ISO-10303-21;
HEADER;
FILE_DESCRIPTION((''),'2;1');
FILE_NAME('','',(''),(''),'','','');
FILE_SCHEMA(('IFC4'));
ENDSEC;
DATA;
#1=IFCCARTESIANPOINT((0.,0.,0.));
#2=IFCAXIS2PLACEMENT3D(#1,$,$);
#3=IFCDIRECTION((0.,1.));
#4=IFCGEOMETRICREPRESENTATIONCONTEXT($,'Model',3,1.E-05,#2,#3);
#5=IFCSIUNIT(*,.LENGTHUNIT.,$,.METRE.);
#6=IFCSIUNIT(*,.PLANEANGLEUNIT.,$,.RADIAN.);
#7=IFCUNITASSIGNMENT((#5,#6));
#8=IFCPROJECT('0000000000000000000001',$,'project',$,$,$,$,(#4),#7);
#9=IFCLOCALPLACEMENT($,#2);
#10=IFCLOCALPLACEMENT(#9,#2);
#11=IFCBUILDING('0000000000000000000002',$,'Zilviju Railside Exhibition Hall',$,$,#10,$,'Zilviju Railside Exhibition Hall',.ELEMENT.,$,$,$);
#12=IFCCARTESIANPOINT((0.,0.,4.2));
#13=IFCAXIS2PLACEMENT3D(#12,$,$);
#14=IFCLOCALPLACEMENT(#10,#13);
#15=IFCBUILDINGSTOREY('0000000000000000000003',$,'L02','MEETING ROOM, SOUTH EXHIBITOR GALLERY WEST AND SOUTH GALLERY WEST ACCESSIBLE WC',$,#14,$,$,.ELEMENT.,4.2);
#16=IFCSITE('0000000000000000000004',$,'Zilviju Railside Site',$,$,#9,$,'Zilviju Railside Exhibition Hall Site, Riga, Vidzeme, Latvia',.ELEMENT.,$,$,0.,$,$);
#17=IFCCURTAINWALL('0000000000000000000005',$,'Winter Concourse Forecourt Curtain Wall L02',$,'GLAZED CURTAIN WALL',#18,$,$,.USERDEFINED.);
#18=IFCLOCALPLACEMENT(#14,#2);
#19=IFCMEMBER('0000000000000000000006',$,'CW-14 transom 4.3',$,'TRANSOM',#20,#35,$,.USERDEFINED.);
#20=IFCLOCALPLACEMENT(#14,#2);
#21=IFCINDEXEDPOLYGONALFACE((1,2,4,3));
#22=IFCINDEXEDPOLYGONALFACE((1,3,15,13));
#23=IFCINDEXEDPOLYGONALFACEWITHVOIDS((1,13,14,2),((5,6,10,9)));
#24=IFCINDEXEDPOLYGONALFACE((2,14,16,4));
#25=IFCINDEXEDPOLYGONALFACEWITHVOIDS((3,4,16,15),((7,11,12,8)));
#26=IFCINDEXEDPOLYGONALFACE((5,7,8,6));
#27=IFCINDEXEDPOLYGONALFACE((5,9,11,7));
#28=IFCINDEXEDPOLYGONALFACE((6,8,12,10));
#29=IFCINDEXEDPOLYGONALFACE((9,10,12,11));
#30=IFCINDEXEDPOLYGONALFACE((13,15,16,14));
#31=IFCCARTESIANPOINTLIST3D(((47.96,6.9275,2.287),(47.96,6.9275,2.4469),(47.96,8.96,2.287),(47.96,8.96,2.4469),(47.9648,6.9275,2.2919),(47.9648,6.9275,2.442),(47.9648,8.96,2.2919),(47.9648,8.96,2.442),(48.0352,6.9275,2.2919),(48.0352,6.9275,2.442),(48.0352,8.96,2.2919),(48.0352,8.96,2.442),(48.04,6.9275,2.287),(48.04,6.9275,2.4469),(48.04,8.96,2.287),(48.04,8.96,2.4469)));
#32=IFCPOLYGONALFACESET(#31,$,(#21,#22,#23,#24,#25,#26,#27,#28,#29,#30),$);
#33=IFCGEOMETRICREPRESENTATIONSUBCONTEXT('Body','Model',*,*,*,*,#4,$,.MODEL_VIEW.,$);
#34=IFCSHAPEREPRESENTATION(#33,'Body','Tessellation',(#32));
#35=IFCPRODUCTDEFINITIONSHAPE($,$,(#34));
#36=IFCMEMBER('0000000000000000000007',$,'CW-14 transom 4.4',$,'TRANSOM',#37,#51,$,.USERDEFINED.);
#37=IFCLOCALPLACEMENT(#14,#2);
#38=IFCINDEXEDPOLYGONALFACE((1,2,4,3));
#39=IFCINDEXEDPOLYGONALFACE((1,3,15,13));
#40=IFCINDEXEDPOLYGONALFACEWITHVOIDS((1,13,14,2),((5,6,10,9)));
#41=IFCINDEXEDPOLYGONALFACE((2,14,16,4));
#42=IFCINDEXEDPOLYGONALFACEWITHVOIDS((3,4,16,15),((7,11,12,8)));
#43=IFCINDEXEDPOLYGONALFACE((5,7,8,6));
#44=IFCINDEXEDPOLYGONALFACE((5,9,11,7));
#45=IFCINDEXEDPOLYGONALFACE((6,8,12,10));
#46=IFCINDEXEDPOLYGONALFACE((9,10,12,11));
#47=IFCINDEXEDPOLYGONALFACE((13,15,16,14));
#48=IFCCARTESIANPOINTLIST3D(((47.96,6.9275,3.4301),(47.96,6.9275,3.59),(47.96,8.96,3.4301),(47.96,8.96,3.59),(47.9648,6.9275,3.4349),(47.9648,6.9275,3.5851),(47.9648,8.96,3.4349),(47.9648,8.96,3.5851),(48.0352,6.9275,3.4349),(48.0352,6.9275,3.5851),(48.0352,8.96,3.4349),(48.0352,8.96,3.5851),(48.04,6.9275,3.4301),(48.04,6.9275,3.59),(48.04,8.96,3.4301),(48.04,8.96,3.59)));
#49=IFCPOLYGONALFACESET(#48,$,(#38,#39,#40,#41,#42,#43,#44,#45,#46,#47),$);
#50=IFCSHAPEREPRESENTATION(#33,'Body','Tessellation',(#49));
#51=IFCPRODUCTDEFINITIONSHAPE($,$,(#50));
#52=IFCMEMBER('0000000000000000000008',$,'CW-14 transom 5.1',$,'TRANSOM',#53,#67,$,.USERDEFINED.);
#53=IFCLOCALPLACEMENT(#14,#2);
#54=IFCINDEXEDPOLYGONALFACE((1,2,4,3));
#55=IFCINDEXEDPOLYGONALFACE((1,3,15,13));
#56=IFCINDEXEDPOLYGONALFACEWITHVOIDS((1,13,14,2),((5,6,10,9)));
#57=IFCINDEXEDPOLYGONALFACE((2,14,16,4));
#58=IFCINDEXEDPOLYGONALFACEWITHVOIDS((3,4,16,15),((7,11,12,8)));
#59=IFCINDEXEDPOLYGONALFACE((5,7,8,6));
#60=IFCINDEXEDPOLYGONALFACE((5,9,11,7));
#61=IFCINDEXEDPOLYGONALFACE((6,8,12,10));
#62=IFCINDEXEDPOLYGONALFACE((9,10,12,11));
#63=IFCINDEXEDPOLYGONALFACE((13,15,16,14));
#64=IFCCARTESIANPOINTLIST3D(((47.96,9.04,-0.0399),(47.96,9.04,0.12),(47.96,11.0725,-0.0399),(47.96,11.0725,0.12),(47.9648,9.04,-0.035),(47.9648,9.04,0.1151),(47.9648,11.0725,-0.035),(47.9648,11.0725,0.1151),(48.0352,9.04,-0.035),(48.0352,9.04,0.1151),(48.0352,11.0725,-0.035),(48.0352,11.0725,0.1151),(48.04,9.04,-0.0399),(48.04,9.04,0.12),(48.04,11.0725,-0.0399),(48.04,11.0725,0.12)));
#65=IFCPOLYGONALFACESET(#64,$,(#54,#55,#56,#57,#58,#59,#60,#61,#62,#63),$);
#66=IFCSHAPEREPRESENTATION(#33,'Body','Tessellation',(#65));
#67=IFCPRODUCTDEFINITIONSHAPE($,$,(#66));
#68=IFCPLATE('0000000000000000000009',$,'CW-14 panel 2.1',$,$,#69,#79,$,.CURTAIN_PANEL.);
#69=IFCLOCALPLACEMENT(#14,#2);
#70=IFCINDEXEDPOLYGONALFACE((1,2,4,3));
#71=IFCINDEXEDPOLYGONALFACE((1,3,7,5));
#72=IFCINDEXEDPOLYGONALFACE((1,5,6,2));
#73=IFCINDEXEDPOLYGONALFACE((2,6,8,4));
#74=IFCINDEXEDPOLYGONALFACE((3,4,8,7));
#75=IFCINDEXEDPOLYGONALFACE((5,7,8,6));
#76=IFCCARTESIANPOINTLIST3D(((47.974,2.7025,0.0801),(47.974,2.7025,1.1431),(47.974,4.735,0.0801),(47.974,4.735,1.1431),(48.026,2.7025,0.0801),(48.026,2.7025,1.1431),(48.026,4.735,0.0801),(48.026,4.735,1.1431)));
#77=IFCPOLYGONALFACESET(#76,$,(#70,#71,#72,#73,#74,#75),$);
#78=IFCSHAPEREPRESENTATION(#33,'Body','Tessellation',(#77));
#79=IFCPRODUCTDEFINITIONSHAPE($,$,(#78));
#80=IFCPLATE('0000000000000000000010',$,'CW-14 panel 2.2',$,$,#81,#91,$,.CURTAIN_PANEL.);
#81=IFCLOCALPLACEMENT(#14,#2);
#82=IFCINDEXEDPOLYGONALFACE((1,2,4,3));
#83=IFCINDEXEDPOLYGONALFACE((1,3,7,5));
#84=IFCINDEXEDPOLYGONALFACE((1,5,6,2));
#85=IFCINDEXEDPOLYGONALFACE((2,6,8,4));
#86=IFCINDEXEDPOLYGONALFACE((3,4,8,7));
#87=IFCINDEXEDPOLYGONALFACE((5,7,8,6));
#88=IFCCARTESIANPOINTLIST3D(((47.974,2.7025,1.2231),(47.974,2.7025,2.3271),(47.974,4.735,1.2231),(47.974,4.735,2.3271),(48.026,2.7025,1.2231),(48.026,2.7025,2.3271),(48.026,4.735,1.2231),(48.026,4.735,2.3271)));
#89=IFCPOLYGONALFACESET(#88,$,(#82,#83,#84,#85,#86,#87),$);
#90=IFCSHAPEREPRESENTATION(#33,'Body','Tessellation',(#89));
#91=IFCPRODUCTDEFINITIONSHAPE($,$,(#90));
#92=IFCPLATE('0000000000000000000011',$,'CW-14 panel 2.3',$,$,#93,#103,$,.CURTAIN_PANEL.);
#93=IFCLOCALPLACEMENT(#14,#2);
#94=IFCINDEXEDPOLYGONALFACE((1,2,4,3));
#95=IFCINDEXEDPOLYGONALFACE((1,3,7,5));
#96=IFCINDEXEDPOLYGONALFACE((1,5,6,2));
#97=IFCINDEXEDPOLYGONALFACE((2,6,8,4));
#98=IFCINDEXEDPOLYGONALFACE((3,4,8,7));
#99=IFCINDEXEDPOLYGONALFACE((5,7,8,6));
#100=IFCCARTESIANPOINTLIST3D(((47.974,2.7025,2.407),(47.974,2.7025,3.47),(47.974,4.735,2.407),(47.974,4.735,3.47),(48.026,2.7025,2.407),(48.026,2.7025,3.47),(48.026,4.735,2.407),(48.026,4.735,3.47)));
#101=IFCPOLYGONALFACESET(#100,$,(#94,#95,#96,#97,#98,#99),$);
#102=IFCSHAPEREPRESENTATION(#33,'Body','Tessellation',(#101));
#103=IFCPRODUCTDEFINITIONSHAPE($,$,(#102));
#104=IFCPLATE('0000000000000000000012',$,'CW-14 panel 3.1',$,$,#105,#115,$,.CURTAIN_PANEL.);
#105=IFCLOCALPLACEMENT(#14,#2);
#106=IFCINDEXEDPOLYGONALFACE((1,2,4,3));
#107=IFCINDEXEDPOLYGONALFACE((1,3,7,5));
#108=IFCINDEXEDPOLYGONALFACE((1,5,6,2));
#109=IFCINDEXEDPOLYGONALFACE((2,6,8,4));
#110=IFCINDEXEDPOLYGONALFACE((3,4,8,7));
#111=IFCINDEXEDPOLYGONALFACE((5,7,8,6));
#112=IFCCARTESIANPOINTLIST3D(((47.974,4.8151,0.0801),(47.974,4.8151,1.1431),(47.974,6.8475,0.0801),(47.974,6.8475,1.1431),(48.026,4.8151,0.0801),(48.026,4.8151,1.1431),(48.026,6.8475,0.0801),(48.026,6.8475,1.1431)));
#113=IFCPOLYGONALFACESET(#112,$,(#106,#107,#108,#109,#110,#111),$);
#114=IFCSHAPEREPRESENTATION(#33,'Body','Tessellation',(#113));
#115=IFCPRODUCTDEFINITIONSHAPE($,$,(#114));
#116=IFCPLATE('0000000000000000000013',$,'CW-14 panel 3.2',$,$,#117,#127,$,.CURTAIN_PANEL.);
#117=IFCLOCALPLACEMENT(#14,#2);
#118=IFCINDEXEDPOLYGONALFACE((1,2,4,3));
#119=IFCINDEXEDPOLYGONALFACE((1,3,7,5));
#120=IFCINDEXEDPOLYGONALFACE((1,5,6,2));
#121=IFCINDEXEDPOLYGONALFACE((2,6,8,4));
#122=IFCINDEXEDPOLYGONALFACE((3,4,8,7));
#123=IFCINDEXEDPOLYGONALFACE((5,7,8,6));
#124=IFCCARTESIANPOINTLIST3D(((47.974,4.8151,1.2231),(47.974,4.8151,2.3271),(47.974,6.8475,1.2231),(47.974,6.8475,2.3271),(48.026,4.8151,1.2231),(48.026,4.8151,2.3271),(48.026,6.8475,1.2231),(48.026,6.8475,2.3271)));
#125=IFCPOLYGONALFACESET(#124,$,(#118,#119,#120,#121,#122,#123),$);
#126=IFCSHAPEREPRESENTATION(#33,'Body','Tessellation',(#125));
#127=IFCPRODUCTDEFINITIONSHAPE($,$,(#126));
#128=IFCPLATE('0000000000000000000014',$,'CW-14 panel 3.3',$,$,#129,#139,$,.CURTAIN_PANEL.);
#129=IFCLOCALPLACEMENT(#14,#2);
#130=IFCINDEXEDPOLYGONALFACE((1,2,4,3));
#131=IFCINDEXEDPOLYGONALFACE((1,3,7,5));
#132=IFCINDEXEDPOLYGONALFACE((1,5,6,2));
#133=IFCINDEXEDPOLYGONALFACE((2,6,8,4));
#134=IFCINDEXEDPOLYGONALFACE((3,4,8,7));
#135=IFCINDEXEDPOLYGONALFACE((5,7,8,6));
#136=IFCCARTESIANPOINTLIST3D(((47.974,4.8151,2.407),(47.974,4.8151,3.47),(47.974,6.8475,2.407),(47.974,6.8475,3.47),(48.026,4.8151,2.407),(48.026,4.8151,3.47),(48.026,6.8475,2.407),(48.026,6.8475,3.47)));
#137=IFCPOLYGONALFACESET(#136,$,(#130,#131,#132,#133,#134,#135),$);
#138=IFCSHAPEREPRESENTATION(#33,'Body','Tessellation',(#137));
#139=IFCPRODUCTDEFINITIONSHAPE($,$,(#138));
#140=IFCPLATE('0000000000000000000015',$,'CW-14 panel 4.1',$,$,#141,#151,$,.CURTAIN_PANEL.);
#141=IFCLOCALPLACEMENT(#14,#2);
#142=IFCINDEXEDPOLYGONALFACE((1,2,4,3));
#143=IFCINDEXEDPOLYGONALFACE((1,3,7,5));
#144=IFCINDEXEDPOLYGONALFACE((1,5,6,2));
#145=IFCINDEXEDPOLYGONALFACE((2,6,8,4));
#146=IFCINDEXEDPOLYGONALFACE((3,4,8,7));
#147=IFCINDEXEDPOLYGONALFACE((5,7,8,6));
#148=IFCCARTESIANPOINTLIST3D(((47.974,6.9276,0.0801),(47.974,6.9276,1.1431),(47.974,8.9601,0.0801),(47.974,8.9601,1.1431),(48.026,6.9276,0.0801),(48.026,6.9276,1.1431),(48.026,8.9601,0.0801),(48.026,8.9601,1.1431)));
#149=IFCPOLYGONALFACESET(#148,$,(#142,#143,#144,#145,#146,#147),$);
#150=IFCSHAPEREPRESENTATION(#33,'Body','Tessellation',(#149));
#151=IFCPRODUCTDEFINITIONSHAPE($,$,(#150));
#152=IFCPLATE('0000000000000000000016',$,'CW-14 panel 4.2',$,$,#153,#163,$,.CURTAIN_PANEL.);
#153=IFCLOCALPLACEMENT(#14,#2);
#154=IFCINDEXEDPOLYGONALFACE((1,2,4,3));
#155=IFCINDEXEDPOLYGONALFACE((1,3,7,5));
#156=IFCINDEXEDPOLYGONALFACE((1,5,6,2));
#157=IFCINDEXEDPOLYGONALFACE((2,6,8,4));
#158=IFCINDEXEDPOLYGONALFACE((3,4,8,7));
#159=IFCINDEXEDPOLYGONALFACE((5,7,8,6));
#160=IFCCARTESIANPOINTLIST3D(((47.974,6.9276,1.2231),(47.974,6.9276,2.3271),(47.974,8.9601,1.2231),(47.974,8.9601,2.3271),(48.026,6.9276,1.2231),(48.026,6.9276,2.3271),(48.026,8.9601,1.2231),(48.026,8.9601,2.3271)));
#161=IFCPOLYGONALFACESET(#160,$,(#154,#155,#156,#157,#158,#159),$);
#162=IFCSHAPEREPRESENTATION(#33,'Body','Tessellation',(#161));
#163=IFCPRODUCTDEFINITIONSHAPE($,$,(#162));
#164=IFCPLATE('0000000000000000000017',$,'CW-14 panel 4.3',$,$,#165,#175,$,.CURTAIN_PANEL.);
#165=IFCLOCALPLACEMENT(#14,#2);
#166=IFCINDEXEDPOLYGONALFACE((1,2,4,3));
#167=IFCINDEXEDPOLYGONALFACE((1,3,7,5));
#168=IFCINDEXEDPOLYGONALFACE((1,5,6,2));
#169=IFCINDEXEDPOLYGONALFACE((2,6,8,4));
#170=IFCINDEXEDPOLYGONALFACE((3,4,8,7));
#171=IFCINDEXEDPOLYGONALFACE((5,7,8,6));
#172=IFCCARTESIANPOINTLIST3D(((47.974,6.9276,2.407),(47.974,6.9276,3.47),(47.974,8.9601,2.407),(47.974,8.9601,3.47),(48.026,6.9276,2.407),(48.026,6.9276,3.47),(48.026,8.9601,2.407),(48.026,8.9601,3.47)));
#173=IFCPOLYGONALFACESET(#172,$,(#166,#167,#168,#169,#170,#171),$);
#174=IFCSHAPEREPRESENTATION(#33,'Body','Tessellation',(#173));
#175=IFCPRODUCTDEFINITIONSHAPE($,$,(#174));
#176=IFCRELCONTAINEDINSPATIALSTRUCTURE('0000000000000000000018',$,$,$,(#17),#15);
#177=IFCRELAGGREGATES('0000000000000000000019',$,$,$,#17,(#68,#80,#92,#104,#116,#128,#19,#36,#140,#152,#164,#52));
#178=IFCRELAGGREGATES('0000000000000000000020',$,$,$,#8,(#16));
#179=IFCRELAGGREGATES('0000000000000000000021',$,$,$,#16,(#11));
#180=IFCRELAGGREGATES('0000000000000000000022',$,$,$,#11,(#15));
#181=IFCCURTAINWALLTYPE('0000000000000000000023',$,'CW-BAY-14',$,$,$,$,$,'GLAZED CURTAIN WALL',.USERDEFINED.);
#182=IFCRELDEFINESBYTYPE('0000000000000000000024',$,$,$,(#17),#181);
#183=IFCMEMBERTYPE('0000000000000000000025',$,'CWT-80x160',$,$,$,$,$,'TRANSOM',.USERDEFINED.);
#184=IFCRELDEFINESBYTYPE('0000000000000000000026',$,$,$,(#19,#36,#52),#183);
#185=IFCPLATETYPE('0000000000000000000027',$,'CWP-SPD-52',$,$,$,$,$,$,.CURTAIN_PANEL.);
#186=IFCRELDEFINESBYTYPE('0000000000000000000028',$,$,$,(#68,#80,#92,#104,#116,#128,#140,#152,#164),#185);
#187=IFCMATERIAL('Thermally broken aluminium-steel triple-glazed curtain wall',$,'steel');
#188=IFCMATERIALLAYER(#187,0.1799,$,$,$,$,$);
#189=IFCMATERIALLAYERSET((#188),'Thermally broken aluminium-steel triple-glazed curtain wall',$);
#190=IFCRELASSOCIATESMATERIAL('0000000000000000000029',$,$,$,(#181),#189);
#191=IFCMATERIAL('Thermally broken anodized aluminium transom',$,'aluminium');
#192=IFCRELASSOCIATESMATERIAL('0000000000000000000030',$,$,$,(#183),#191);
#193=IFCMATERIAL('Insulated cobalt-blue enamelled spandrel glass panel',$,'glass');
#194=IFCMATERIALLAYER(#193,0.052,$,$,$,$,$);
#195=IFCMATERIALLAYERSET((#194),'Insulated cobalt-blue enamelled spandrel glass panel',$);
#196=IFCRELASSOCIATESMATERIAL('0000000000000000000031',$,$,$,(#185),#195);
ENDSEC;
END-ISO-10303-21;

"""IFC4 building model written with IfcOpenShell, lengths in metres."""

from ifc_helpers import new_model, si_unit, direction, frame, origin, origin_2d, place, context, subcontext, project, spatial, rectangle, hollow_rectangle, extrude, material, layer, layer_set, material_profile, profile_set, type_object, element, aggregate, save


model = new_model("IFC4")

# Units and contexts
model_context = context("Model", 3, precision=1e-05, world=origin(), true_north=direction((0.0, 1.0)))
body_context = subcontext(model_context, "Body", "Model", "MODEL_VIEW")
ifc_project = project(units=[si_unit("LENGTHUNIT", "METRE"), si_unit("PLANEANGLEUNIT", "RADIAN")], contexts=[model_context])

# Site, building, storey
site_placement = place(None, origin())
site = spatial("IfcSite", under=ifc_project, at=site_placement, Name="Zilviju Railside Site", LongName="Zilviju Railside Exhibition Hall Site, Riga, Vidzeme, Latvia", CompositionType="ELEMENT", RefElevation=0.0)
building_placement = place(site_placement, origin())
building = spatial("IfcBuilding", under=site, at=building_placement, Name="Zilviju Railside Exhibition Hall", LongName="Zilviju Railside Exhibition Hall", CompositionType="ELEMENT")
storey_placement = place(building_placement, frame((0.0, 0.0, 4.2)))
storey = spatial("IfcBuildingStorey", under=building, at=storey_placement, Name="L02", Description="MEETING ROOM, SOUTH EXHIBITOR GALLERY WEST AND SOUTH GALLERY WEST ACCESSIBLE WC", CompositionType="ELEMENT", Elevation=4.2)

# Curtain wall, members, plates
ifc_material_1 = material(Name="Thermally broken aluminium-steel triple-glazed curtain wall", Category="steel")
ifc_layer_1 = layer(ifc_material_1, 0.1799)
ifc_layer_set_1 = layer_set([ifc_layer_1], Name="Thermally broken aluminium-steel triple-glazed curtain wall")
curtain_wall_type = type_object("IfcCurtainWallType", Name="CW-BAY-14", ElementType="GLAZED CURTAIN WALL", PredefinedType="USERDEFINED", material=ifc_layer_set_1)
curtain_wall_placement = place(storey_placement, origin())
curtain_wall = element("IfcCurtainWall", 1, at=curtain_wall_placement, inside=storey, type_object=curtain_wall_type, Name="Winter Concourse Forecourt Curtain Wall L02", ObjectType="GLAZED CURTAIN WALL", PredefinedType="USERDEFINED")
ifc_material_2 = material(Name="Thermally broken anodized aluminium transom", Category="aluminium")
ifc_material_profile_1 = material_profile(ifc_material_2, hollow_rectangle(XDim=0.0801, YDim=0.1599, WallThickness=0.0049, at=origin_2d()), Name="TRANSOM 160x80x5")
ifc_profile_set_1 = profile_set([ifc_material_profile_1], Name="Thermally broken anodized aluminium transom")
member_type_1 = type_object("IfcMemberType", Name="CWT-80x160", ElementType="TRANSOM", PredefinedType="USERDEFINED", material=ifc_profile_set_1)
member_1_placement = place(storey_placement, frame((48.0, 6.9275, 2.3669), z_axis=(0.0, 1.0, 0.0), x_axis=(-1.0, 0.0, 0.0)))
member_1 = element("IfcMember", 2, at=member_1_placement, type_object=member_type_1, Name="CW-14 transom 4.3", ObjectType="TRANSOM", PredefinedType="USERDEFINED", context=body_context, shape_type="SweptSolid", body=[
    extrude(hollow_rectangle(XDim=0.0801, YDim=0.1599, WallThickness=0.0049, at=origin_2d()), origin(), (0.0, 0.0, 1.0), 2.0325),
])
member_2_placement = place(storey_placement, frame((48.0, 6.9275, 3.51), z_axis=(0.0, 1.0, 0.0), x_axis=(-1.0, 0.0, 0.0)))
member_2 = element("IfcMember", 3, at=member_2_placement, type_object=member_type_1, Name="CW-14 transom 4.4", ObjectType="TRANSOM", PredefinedType="USERDEFINED", context=body_context, shape_type="SweptSolid", body=[
    extrude(hollow_rectangle(XDim=0.0801, YDim=0.1599, WallThickness=0.0049, at=origin_2d()), origin(), (0.0, 0.0, 1.0), 2.0325),
])
member_3_placement = place(storey_placement, frame((48.0, 9.04, 0.04), z_axis=(0.0, 1.0, 0.0), x_axis=(-1.0, 0.0, 0.0)))
member_3 = element("IfcMember", 4, at=member_3_placement, type_object=member_type_1, Name="CW-14 transom 5.1", ObjectType="TRANSOM", PredefinedType="USERDEFINED", context=body_context, shape_type="SweptSolid", body=[
    extrude(hollow_rectangle(XDim=0.0801, YDim=0.1599, WallThickness=0.0049, at=origin_2d()), origin(), (0.0, 0.0, 1.0), 2.0325),
])
ifc_material_3 = material(Name="Insulated cobalt-blue enamelled spandrel glass panel", Category="glass")
ifc_layer_2 = layer(ifc_material_3, 0.052)
ifc_layer_set_2 = layer_set([ifc_layer_2], Name="Insulated cobalt-blue enamelled spandrel glass panel")
plate_type = type_object("IfcPlateType", Name="CWP-SPD-52", PredefinedType="CURTAIN_PANEL", material=ifc_layer_set_2)
plate_1_placement = place(storey_placement, frame((48.0, 3.7188, 0.0801), z_axis=(0.0, 0.0, 1.0), x_axis=(0.0, 1.0, 0.0)))
plate_1 = element("IfcPlate", 5, at=plate_1_placement, type_object=plate_type, Name="CW-14 panel 2.1", PredefinedType="CURTAIN_PANEL", context=body_context, shape_type="SweptSolid", body=[
    extrude(rectangle(XDim=2.0325, YDim=0.052, at=origin_2d()), origin(), (0.0, 0.0, 1.0), 1.063),
])
plate_2_placement = place(storey_placement, frame((48.0, 3.7188, 1.2231), z_axis=(0.0, 0.0, 1.0), x_axis=(0.0, 1.0, 0.0)))
plate_2 = element("IfcPlate", 6, at=plate_2_placement, type_object=plate_type, Name="CW-14 panel 2.2", PredefinedType="CURTAIN_PANEL", context=body_context, shape_type="SweptSolid", body=[
    extrude(rectangle(XDim=2.0325, YDim=0.052, at=origin_2d()), origin(), (0.0, 0.0, 1.0), 1.104),
])
plate_3_placement = place(storey_placement, frame((48.0, 3.7188, 2.407), z_axis=(0.0, 0.0, 1.0), x_axis=(0.0, 1.0, 0.0)))
plate_3 = element("IfcPlate", 7, at=plate_3_placement, type_object=plate_type, Name="CW-14 panel 2.3", PredefinedType="CURTAIN_PANEL", context=body_context, shape_type="SweptSolid", body=[
    extrude(rectangle(XDim=2.0325, YDim=0.052, at=origin_2d()), origin(), (0.0, 0.0, 1.0), 1.063),
])
plate_4_placement = place(storey_placement, frame((48.0, 5.8313, 0.0801), z_axis=(0.0, 0.0, 1.0), x_axis=(0.0, 1.0, 0.0)))
plate_4 = element("IfcPlate", 8, at=plate_4_placement, type_object=plate_type, Name="CW-14 panel 3.1", PredefinedType="CURTAIN_PANEL", context=body_context, shape_type="SweptSolid", body=[
    extrude(rectangle(XDim=2.0325, YDim=0.052, at=origin_2d()), origin(), (0.0, 0.0, 1.0), 1.063),
])
plate_5_placement = place(storey_placement, frame((48.0, 5.8313, 1.2231), z_axis=(0.0, 0.0, 1.0), x_axis=(0.0, 1.0, 0.0)))
plate_5 = element("IfcPlate", 9, at=plate_5_placement, type_object=plate_type, Name="CW-14 panel 3.2", PredefinedType="CURTAIN_PANEL", context=body_context, shape_type="SweptSolid", body=[
    extrude(rectangle(XDim=2.0325, YDim=0.052, at=origin_2d()), origin(), (0.0, 0.0, 1.0), 1.104),
])
plate_6_placement = place(storey_placement, frame((48.0, 5.8313, 2.407), z_axis=(0.0, 0.0, 1.0), x_axis=(0.0, 1.0, 0.0)))
plate_6 = element("IfcPlate", 10, at=plate_6_placement, type_object=plate_type, Name="CW-14 panel 3.3", PredefinedType="CURTAIN_PANEL", context=body_context, shape_type="SweptSolid", body=[
    extrude(rectangle(XDim=2.0325, YDim=0.052, at=origin_2d()), origin(), (0.0, 0.0, 1.0), 1.063),
])
plate_7_placement = place(storey_placement, frame((48.0, 7.9438, 0.0801), z_axis=(0.0, 0.0, 1.0), x_axis=(0.0, 1.0, 0.0)))
plate_7 = element("IfcPlate", 11, at=plate_7_placement, type_object=plate_type, Name="CW-14 panel 4.1", PredefinedType="CURTAIN_PANEL", context=body_context, shape_type="SweptSolid", body=[
    extrude(rectangle(XDim=2.0325, YDim=0.052, at=origin_2d()), origin(), (0.0, 0.0, 1.0), 1.063),
])
plate_8_placement = place(storey_placement, frame((48.0, 7.9438, 1.2231), z_axis=(0.0, 0.0, 1.0), x_axis=(0.0, 1.0, 0.0)))
plate_8 = element("IfcPlate", 12, at=plate_8_placement, type_object=plate_type, Name="CW-14 panel 4.2", PredefinedType="CURTAIN_PANEL", context=body_context, shape_type="SweptSolid", body=[
    extrude(rectangle(XDim=2.0325, YDim=0.052, at=origin_2d()), origin(), (0.0, 0.0, 1.0), 1.104),
])
plate_9_placement = place(storey_placement, frame((48.0, 7.9438, 2.407), z_axis=(0.0, 0.0, 1.0), x_axis=(0.0, 1.0, 0.0)))
plate_9 = element("IfcPlate", 13, at=plate_9_placement, type_object=plate_type, Name="CW-14 panel 4.3", PredefinedType="CURTAIN_PANEL", context=body_context, shape_type="SweptSolid", body=[
    extrude(rectangle(XDim=2.0325, YDim=0.052, at=origin_2d()), origin(), (0.0, 0.0, 1.0), 1.063),
])
aggregate(curtain_wall, [plate_1, plate_2, plate_3, plate_4, plate_5, plate_6, member_1, member_2, plate_7, plate_8, plate_9, member_3])

save(model, "model.ifc")
